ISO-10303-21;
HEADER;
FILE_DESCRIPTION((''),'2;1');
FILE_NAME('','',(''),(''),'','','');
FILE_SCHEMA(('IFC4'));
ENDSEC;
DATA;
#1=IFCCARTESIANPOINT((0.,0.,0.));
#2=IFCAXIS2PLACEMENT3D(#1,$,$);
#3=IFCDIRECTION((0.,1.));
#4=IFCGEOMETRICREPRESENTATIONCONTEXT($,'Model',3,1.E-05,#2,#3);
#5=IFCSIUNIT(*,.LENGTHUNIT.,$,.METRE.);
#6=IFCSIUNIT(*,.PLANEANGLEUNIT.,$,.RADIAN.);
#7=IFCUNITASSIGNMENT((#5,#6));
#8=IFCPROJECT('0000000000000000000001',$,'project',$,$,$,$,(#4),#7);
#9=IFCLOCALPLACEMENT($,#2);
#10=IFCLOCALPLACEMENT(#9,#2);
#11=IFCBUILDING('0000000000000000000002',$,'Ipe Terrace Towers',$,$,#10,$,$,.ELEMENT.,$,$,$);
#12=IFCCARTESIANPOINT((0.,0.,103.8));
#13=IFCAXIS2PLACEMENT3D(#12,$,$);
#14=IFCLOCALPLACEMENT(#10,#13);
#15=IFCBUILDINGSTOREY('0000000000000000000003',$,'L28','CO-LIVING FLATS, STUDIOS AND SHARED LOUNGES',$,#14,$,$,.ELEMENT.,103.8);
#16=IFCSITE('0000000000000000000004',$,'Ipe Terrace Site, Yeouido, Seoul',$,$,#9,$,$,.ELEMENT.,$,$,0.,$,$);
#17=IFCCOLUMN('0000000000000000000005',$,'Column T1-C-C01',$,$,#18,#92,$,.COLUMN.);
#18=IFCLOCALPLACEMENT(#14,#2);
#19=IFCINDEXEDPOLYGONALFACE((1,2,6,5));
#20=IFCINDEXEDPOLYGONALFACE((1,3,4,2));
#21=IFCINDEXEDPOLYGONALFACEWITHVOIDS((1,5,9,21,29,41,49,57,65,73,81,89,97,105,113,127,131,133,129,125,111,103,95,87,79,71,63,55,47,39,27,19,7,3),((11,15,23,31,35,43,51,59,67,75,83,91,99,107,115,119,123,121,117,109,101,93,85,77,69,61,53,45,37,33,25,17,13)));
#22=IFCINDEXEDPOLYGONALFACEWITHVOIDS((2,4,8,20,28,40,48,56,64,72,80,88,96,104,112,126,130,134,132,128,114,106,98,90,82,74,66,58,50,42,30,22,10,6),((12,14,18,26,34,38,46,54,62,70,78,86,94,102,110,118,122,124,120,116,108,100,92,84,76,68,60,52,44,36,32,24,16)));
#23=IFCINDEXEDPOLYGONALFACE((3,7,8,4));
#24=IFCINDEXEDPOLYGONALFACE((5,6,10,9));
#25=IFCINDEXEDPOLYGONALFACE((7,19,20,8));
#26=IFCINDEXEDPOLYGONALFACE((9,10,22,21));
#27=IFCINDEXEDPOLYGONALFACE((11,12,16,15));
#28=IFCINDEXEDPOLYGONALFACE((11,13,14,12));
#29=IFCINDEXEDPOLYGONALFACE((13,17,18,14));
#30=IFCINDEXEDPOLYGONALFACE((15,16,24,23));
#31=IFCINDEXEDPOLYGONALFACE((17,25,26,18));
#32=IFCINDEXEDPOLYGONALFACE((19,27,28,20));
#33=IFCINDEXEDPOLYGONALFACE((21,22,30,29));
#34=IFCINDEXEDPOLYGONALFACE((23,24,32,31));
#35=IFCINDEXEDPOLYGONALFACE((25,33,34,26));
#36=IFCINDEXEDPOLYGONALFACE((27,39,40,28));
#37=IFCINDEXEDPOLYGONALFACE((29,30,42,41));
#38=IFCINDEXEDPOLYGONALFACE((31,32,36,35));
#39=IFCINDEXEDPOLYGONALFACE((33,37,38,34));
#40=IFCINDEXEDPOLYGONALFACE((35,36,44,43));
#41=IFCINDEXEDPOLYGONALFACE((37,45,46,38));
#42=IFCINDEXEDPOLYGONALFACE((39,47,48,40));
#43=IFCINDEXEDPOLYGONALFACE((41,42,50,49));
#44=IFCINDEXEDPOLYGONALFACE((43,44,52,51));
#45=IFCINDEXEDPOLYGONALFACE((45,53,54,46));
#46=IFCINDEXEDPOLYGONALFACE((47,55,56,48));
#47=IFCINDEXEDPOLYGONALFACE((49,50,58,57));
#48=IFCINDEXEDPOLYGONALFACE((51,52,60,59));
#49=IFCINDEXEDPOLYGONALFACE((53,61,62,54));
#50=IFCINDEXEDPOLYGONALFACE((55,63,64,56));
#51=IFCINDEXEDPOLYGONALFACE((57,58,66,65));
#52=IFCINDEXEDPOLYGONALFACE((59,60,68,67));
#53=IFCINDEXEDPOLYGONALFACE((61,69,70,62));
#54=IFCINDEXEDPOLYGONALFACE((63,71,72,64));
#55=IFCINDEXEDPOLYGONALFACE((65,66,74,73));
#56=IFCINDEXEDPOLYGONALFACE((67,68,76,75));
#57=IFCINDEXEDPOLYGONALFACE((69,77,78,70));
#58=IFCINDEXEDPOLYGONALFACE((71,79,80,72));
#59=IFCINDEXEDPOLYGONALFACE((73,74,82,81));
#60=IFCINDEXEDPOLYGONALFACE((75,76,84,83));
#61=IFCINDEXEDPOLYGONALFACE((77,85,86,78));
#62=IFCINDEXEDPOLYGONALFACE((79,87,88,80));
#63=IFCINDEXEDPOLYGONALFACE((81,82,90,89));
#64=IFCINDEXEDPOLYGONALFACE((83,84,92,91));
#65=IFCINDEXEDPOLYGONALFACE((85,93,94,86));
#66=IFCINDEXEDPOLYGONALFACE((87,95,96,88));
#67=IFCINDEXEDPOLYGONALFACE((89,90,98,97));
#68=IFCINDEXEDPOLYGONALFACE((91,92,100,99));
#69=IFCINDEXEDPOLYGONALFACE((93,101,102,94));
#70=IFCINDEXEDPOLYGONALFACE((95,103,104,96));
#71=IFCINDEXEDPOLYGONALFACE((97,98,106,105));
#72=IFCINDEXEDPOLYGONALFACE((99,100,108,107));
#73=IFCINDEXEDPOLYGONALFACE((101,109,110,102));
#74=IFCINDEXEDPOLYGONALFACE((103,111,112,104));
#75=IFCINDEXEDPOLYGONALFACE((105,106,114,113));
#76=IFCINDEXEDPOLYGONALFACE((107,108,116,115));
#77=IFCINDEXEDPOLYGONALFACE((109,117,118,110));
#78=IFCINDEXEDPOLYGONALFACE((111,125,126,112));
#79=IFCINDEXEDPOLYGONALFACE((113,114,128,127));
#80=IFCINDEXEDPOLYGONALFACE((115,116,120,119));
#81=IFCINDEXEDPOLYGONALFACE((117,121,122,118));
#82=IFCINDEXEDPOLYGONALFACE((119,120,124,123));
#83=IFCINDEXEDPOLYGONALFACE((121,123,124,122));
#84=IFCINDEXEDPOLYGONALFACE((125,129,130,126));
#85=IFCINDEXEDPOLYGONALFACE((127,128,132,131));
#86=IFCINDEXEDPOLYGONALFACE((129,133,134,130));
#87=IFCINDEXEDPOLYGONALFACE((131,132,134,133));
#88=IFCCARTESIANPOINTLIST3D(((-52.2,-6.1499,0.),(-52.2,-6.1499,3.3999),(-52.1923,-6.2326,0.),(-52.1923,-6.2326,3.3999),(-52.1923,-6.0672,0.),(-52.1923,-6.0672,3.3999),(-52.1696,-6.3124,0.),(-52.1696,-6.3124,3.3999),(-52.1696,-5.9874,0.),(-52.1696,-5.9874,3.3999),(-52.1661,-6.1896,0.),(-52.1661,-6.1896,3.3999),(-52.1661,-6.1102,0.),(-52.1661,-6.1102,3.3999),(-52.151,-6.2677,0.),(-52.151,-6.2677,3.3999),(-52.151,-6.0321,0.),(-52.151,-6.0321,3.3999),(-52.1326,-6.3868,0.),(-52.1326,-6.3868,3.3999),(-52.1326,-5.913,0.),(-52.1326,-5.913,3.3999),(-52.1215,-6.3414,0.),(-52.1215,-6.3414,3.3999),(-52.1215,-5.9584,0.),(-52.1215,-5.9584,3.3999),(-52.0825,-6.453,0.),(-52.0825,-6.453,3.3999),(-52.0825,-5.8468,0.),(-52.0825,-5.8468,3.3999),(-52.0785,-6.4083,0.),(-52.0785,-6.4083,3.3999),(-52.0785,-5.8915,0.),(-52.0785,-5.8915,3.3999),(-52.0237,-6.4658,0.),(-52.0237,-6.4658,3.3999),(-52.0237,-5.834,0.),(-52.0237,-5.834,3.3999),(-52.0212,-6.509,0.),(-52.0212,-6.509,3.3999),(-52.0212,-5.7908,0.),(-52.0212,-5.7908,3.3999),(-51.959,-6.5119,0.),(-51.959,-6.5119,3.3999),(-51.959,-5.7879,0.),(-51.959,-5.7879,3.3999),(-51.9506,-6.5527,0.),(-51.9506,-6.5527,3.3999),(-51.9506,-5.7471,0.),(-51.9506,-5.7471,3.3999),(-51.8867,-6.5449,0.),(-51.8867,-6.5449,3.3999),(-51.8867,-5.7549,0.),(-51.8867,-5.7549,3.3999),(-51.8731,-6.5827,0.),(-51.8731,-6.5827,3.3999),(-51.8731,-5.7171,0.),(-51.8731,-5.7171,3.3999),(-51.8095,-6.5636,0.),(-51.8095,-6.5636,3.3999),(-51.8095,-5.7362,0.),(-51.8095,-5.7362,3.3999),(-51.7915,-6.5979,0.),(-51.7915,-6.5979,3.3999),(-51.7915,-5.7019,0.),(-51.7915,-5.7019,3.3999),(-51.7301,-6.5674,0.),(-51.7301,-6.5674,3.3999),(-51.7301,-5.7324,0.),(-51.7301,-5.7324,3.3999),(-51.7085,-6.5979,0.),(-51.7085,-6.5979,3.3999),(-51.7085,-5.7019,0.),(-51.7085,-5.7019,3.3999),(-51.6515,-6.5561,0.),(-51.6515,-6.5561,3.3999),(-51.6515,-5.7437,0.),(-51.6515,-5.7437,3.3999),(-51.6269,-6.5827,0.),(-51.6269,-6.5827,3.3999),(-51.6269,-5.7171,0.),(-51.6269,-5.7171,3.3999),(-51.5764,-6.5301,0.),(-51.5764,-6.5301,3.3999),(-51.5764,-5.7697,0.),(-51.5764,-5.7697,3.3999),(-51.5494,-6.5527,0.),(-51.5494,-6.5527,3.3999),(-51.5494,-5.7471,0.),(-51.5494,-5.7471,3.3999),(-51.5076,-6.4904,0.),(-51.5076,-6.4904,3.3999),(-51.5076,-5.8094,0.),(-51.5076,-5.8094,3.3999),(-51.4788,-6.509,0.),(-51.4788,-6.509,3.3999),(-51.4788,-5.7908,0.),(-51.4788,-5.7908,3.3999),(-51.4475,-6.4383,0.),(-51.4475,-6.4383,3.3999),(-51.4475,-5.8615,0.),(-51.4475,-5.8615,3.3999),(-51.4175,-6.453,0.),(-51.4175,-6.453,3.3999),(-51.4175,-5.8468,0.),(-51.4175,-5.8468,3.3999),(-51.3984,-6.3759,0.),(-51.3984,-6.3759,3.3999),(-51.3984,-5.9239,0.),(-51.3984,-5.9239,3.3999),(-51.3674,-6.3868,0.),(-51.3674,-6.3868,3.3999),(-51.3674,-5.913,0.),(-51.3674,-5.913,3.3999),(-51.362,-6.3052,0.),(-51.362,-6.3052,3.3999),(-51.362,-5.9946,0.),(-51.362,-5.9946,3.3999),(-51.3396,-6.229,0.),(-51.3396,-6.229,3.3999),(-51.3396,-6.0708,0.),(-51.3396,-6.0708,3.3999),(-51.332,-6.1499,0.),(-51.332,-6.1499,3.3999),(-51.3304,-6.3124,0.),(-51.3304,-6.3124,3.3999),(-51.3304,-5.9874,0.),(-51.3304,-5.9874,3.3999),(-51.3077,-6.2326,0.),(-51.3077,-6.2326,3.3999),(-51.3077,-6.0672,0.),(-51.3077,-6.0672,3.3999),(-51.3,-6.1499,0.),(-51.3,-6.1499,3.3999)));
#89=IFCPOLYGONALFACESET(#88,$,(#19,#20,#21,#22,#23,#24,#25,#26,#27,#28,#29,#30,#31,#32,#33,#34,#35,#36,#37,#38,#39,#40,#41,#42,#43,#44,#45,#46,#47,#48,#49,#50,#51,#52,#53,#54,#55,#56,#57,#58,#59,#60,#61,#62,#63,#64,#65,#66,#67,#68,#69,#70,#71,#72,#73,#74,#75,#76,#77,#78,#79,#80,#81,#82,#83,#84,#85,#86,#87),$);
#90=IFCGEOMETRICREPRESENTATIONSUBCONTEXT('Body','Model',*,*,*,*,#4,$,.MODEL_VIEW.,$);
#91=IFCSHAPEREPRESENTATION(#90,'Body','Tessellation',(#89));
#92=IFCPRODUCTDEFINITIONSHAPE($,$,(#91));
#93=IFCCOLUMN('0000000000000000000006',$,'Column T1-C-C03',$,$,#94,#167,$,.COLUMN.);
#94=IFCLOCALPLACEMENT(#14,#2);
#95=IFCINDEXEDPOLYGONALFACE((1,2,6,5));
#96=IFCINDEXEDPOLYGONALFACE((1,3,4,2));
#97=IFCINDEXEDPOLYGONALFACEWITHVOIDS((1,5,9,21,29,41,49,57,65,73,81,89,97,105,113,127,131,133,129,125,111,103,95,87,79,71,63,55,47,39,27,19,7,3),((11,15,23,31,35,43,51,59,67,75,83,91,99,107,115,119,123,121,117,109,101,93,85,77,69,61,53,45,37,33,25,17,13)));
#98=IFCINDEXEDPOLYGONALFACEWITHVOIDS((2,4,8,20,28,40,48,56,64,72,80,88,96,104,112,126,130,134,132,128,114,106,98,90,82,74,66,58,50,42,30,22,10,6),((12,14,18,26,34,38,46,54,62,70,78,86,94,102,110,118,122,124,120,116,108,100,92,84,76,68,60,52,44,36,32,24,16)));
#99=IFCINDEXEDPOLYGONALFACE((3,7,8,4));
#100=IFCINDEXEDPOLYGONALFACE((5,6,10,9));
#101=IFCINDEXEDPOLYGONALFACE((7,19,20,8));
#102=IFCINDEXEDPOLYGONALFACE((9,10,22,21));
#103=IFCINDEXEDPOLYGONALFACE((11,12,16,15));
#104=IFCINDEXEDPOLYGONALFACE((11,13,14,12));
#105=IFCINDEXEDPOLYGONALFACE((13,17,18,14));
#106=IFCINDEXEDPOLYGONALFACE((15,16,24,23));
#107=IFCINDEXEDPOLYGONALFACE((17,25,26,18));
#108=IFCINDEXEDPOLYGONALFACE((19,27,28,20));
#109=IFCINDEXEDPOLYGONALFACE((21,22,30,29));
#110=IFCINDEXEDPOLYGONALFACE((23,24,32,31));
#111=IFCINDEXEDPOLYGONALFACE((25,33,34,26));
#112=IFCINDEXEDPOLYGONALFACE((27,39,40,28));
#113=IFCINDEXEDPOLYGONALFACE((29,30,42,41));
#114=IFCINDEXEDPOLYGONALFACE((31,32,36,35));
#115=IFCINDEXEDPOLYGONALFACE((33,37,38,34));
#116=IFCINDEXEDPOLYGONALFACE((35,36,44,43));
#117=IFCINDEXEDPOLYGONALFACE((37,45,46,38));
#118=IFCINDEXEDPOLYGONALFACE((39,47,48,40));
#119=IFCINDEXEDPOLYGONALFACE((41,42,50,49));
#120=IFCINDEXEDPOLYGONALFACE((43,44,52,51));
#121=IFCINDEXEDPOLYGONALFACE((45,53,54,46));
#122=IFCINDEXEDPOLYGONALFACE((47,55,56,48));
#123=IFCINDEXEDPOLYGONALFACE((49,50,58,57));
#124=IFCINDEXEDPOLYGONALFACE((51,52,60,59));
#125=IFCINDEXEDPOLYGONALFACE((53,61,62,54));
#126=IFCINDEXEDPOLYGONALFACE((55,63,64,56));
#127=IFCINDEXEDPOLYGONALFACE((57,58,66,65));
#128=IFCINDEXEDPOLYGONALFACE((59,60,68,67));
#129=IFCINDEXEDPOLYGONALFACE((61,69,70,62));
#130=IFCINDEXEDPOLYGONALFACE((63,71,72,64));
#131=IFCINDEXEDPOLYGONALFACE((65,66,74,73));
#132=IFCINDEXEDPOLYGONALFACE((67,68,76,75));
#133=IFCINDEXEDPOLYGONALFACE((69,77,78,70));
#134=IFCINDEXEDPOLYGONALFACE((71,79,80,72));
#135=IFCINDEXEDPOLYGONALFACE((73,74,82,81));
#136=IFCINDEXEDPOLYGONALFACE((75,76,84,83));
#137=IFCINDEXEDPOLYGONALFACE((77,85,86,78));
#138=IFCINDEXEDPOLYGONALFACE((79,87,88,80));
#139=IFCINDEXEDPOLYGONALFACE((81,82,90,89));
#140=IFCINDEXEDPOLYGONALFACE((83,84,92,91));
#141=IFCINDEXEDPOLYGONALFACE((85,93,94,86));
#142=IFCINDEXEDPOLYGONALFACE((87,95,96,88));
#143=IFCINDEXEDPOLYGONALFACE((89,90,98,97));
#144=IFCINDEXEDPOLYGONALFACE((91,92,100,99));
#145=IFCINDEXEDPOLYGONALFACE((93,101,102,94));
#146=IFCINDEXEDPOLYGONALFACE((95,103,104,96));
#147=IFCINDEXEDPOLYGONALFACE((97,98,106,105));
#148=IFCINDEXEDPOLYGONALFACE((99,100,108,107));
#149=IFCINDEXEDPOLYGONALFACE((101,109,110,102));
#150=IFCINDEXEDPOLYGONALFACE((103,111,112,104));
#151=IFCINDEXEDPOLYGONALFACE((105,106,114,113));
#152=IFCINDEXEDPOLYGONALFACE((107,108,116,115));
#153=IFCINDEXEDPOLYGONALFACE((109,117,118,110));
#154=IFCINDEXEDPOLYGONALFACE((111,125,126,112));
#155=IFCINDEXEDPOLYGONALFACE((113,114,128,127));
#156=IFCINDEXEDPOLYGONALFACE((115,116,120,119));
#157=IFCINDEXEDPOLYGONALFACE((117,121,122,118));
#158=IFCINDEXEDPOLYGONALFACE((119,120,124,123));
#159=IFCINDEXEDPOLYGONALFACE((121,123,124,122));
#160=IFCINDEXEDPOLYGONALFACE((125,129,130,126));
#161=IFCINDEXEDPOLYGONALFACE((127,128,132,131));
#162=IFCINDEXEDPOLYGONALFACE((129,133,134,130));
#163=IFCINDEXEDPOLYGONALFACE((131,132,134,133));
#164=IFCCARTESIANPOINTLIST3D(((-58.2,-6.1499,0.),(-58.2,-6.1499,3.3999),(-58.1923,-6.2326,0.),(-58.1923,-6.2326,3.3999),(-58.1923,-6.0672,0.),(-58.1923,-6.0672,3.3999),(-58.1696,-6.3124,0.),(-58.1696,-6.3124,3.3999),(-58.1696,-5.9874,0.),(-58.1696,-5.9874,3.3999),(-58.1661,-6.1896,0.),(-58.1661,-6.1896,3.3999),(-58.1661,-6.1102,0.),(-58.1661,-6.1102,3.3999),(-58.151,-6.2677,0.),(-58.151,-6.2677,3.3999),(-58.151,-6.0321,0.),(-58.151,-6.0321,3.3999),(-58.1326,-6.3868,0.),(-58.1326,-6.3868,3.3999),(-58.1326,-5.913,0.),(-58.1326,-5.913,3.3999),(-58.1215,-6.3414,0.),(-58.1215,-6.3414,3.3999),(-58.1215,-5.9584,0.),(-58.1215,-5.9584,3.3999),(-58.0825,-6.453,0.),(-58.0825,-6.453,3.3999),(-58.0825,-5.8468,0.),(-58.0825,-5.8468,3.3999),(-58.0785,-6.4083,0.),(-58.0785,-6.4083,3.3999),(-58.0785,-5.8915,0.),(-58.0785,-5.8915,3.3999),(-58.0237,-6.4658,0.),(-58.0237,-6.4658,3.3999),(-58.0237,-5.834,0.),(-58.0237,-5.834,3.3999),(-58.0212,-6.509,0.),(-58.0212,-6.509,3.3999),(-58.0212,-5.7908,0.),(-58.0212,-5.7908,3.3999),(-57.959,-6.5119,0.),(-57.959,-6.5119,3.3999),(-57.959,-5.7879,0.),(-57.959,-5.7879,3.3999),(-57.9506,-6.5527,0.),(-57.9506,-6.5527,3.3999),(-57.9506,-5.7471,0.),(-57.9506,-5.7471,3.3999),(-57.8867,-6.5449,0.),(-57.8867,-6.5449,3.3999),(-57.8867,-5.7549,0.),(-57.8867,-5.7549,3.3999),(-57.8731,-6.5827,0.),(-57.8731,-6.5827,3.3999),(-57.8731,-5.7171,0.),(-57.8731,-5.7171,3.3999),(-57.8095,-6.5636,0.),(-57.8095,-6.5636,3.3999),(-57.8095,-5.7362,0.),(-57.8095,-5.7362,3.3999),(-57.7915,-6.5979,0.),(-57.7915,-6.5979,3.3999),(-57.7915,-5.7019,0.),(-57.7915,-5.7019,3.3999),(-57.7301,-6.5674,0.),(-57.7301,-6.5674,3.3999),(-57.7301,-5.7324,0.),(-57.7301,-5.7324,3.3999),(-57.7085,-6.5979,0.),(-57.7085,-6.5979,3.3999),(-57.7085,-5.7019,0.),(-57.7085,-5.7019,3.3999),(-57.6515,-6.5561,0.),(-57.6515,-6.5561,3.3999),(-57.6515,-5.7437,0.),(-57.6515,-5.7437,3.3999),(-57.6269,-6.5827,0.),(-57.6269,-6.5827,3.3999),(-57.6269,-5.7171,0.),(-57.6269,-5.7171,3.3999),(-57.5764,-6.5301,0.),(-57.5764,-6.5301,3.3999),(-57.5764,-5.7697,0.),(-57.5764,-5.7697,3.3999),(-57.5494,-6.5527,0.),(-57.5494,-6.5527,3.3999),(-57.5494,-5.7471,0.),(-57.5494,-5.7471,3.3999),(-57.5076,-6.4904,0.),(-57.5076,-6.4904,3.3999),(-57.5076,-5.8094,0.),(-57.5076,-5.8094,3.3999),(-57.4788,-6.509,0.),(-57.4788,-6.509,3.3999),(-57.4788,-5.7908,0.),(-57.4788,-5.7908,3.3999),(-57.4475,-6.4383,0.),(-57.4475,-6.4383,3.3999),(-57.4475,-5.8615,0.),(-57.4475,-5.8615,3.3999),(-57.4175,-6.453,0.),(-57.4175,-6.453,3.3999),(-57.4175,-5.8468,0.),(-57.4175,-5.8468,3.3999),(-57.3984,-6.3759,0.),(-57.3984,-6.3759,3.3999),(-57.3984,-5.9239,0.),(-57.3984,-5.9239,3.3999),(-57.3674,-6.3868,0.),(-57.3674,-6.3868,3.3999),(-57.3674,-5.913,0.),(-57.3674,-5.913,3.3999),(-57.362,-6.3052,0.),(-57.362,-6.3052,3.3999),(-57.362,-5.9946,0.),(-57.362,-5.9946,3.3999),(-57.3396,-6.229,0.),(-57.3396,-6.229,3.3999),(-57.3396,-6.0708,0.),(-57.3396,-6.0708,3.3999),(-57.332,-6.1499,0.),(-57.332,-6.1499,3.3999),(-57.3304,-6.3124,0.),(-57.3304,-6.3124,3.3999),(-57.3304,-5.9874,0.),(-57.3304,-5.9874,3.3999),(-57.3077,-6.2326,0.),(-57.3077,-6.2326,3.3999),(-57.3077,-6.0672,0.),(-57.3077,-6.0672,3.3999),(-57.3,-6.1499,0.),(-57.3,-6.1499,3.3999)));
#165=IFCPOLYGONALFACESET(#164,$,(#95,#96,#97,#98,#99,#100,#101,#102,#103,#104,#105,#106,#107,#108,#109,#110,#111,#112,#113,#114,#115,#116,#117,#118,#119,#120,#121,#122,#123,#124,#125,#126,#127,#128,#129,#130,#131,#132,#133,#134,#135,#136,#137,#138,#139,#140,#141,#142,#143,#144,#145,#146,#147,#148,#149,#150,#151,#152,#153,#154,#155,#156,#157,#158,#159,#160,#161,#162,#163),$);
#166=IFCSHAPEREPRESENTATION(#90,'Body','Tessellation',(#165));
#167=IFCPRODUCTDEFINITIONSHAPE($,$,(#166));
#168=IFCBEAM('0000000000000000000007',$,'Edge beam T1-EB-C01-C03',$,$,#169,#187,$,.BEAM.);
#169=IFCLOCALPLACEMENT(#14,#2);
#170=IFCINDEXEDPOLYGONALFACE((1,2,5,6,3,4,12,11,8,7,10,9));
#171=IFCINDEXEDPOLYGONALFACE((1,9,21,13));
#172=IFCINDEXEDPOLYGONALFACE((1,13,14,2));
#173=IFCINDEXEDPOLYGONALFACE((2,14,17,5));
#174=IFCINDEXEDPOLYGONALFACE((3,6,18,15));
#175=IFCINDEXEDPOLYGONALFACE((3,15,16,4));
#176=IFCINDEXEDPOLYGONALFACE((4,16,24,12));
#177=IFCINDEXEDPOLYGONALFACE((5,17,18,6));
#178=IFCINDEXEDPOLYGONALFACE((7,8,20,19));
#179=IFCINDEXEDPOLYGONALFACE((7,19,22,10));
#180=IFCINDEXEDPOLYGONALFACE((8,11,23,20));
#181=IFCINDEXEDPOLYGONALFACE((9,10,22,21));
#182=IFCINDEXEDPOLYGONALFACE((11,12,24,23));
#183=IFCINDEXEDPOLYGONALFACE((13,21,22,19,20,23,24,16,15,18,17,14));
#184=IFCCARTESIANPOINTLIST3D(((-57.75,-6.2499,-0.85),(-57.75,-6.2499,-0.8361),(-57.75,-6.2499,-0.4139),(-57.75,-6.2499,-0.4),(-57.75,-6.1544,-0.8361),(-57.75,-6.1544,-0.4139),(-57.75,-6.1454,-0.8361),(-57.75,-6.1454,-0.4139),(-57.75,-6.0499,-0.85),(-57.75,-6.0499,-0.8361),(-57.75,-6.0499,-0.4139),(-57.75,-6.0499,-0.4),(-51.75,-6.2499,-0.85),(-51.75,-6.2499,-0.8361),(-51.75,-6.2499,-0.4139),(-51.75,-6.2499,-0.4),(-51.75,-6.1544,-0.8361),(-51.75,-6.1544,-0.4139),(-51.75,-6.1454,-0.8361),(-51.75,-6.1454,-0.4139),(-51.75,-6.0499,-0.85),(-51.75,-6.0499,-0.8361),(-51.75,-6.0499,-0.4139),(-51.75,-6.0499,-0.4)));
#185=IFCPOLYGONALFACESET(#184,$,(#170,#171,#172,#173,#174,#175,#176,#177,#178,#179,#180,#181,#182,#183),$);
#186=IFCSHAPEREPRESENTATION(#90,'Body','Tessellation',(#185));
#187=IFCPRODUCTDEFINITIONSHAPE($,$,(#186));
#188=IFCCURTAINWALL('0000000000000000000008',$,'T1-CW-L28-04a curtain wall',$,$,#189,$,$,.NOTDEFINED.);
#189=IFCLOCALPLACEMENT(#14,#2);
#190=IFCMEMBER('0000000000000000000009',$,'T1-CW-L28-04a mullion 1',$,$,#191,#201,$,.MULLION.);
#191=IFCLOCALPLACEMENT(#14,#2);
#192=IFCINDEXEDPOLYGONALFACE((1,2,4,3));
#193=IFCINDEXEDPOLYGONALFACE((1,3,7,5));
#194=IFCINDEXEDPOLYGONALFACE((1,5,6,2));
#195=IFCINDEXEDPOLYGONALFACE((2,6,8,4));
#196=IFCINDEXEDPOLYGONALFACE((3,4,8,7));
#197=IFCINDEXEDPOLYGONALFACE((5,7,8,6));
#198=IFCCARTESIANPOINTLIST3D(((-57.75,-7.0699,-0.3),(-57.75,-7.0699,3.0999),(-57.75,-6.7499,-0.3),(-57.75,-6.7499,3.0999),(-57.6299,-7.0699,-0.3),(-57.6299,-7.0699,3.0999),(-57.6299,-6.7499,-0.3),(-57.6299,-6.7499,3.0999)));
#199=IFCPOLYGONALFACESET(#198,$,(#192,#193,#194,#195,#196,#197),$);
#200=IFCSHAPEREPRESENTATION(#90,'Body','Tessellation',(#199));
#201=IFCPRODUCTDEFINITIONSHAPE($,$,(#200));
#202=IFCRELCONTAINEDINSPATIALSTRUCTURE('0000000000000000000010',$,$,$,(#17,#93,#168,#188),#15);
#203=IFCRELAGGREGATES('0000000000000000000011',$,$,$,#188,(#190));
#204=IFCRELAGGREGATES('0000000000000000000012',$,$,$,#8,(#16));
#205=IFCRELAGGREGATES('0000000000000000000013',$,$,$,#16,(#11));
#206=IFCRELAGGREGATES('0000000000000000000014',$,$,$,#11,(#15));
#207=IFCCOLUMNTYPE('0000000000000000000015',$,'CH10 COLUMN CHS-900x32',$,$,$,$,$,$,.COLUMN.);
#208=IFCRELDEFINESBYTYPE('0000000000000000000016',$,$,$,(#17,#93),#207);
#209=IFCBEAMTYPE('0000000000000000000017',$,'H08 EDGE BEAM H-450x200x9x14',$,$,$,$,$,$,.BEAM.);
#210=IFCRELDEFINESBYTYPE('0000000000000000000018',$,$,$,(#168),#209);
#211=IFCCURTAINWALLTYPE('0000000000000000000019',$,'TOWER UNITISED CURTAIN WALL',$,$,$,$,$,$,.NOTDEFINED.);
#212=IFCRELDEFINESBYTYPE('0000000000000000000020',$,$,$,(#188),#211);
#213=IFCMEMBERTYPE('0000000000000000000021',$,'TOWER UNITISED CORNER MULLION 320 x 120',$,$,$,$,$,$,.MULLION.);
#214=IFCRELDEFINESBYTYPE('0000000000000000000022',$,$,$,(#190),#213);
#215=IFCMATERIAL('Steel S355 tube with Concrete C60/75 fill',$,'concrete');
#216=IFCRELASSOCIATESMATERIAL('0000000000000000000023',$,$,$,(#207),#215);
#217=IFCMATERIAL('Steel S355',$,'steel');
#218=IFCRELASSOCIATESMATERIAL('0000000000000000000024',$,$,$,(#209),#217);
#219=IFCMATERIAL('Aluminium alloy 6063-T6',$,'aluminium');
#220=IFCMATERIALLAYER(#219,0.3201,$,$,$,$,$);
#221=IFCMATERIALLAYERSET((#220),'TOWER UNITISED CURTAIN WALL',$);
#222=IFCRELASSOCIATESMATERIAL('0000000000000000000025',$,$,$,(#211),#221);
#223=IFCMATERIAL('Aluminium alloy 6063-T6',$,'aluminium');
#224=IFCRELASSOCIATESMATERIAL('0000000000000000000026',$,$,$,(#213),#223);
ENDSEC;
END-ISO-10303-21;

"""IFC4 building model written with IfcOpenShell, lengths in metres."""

from ifc_helpers import new_model, si_unit, direction, frame, origin, origin_2d, place, context, subcontext, project, spatial, rectangle, hollow_circle, i_section, extrude, material, layer, layer_set, material_profile, profile_set, type_object, element, aggregate, save


model = new_model("IFC4")

# Units and contexts
model_context = context("Model", 3, precision=1e-05, world=origin(), true_north=direction((0.0, 1.0)))
body_context = subcontext(model_context, "Body", "Model", "MODEL_VIEW")
ifc_project = project(units=[si_unit("LENGTHUNIT", "METRE"), si_unit("PLANEANGLEUNIT", "RADIAN")], contexts=[model_context])

# Site, building, storey
site_placement = place(None, origin())
site = spatial("IfcSite", under=ifc_project, at=site_placement, Name="Ipe Terrace Site, Yeouido, Seoul", CompositionType="ELEMENT", RefElevation=0.0)
building_placement = place(site_placement, origin())
building = spatial("IfcBuilding", under=site, at=building_placement, Name="Ipe Terrace Towers", CompositionType="ELEMENT")
storey_placement = place(building_placement, frame((0.0, 0.0, 103.8)))
storey = spatial("IfcBuildingStorey", under=building, at=storey_placement, Name="L28", Description="CO-LIVING FLATS, STUDIOS AND SHARED LOUNGES", CompositionType="ELEMENT", Elevation=103.8)

# Columns
ifc_material_1 = material(Name="Steel S355 tube with Concrete C60/75 fill", Category="concrete")
ifc_material_profile_1 = material_profile(ifc_material_1, hollow_circle(Radius=0.45, WallThickness=0.032, at=origin_2d()), Name="CHS-900x32")
ifc_profile_set_1 = profile_set([ifc_material_profile_1], Name="Steel S355 tube with Concrete C60/75 fill")
column_type = type_object("IfcColumnType", Name="CH10 COLUMN CHS-900x32", PredefinedType="COLUMN", material=ifc_profile_set_1)
for number, where, z_axis, x_axis, name in (
    (1, (-51.75, -6.1499, 0.0), (0.0, 0.0, 1.0), (1.0, 0.0, 0.0), "Column T1-C-C01"),
    (2, (-57.75, -6.1499, 0.0), (0.0, 0.0, 1.0), (1.0, 0.0, 0.0), "Column T1-C-C03"),
):
    element("IfcColumn", number, at=place(storey_placement, frame(where, z_axis=z_axis, x_axis=x_axis)), inside=storey, type_object=column_type, Name=name, PredefinedType="COLUMN", context=body_context, shape_type="SweptSolid", body=[
        extrude(hollow_circle(Radius=0.45, WallThickness=0.032, at=origin_2d()), origin(), (0.0, 0.0, 1.0), 3.3999),
    ])

# Beam
ifc_material_2 = material(Name="Steel S355", Category="steel")
ifc_material_profile_2 = material_profile(ifc_material_2, i_section(OverallWidth=0.2, OverallDepth=0.45, WebThickness=0.009, FlangeThickness=0.0139, at=origin_2d()), Name="H-450x200x9x14")
ifc_profile_set_2 = profile_set([ifc_material_profile_2], Name="Steel S355")
beam_type = type_object("IfcBeamType", Name="H08 EDGE BEAM H-450x200x9x14", PredefinedType="BEAM", material=ifc_profile_set_2)
beam_placement = place(storey_placement, frame((-51.75, -6.1499, -0.625), z_axis=(-1.0, 0.0, 0.0), x_axis=(0.0, -1.0, 0.0)))
element("IfcBeam", 3, at=beam_placement, inside=storey, type_object=beam_type, Name="Edge beam T1-EB-C01-C03", PredefinedType="BEAM", context=body_context, shape_type="SweptSolid", body=[
    extrude(i_section(OverallWidth=0.2, OverallDepth=0.45, WebThickness=0.009, FlangeThickness=0.0139, at=origin_2d()), origin(), (0.0, 0.0, 1.0), 6.0),
])

# Curtain wall, member
ifc_material_3 = material(Name="Aluminium alloy 6063-T6", Category="aluminium")
ifc_layer_1 = layer(ifc_material_3, 0.3201)
ifc_layer_set_1 = layer_set([ifc_layer_1], Name="TOWER UNITISED CURTAIN WALL")
curtain_wall_type = type_object("IfcCurtainWallType", Name="TOWER UNITISED CURTAIN WALL", PredefinedType="NOTDEFINED", material=ifc_layer_set_1)
curtain_wall_1_placement = place(storey_placement, origin())
curtain_wall_1 = element("IfcCurtainWall", 4, at=curtain_wall_1_placement, inside=storey, type_object=curtain_wall_type, Name="T1-CW-L28-04a curtain wall", PredefinedType="NOTDEFINED")
ifc_material_4 = material(Name="Aluminium alloy 6063-T6", Category="aluminium")
ifc_material_profile_3 = material_profile(ifc_material_4, rectangle(XDim=0.3201, YDim=0.1201, at=origin_2d()), Name="TOWER UNITISED CORNER MULLION 320 x 120")
ifc_profile_set_3 = profile_set([ifc_material_profile_3], Name="Aluminium alloy 6063-T6")
member_type = type_object("IfcMemberType", Name="TOWER UNITISED CORNER MULLION 320 x 120", PredefinedType="MULLION", material=ifc_profile_set_3)
member_1_placement = place(storey_placement, frame((-57.6899, -6.9099, -0.3), z_axis=(0.0, 0.0, 1.0), x_axis=(0.0, -1.0, 0.0)))
member_1 = element("IfcMember", 5, at=member_1_placement, type_object=member_type, Name="T1-CW-L28-04a mullion 1", PredefinedType="MULLION", context=body_context, shape_type="SweptSolid", body=[
    extrude(rectangle(XDim=0.3201, YDim=0.1201, at=origin_2d()), origin(), (0.0, 0.0, 1.0), 3.3999),
])

aggregate(curtain_wall_1, [member_1])

save(model, "model.ifc")
